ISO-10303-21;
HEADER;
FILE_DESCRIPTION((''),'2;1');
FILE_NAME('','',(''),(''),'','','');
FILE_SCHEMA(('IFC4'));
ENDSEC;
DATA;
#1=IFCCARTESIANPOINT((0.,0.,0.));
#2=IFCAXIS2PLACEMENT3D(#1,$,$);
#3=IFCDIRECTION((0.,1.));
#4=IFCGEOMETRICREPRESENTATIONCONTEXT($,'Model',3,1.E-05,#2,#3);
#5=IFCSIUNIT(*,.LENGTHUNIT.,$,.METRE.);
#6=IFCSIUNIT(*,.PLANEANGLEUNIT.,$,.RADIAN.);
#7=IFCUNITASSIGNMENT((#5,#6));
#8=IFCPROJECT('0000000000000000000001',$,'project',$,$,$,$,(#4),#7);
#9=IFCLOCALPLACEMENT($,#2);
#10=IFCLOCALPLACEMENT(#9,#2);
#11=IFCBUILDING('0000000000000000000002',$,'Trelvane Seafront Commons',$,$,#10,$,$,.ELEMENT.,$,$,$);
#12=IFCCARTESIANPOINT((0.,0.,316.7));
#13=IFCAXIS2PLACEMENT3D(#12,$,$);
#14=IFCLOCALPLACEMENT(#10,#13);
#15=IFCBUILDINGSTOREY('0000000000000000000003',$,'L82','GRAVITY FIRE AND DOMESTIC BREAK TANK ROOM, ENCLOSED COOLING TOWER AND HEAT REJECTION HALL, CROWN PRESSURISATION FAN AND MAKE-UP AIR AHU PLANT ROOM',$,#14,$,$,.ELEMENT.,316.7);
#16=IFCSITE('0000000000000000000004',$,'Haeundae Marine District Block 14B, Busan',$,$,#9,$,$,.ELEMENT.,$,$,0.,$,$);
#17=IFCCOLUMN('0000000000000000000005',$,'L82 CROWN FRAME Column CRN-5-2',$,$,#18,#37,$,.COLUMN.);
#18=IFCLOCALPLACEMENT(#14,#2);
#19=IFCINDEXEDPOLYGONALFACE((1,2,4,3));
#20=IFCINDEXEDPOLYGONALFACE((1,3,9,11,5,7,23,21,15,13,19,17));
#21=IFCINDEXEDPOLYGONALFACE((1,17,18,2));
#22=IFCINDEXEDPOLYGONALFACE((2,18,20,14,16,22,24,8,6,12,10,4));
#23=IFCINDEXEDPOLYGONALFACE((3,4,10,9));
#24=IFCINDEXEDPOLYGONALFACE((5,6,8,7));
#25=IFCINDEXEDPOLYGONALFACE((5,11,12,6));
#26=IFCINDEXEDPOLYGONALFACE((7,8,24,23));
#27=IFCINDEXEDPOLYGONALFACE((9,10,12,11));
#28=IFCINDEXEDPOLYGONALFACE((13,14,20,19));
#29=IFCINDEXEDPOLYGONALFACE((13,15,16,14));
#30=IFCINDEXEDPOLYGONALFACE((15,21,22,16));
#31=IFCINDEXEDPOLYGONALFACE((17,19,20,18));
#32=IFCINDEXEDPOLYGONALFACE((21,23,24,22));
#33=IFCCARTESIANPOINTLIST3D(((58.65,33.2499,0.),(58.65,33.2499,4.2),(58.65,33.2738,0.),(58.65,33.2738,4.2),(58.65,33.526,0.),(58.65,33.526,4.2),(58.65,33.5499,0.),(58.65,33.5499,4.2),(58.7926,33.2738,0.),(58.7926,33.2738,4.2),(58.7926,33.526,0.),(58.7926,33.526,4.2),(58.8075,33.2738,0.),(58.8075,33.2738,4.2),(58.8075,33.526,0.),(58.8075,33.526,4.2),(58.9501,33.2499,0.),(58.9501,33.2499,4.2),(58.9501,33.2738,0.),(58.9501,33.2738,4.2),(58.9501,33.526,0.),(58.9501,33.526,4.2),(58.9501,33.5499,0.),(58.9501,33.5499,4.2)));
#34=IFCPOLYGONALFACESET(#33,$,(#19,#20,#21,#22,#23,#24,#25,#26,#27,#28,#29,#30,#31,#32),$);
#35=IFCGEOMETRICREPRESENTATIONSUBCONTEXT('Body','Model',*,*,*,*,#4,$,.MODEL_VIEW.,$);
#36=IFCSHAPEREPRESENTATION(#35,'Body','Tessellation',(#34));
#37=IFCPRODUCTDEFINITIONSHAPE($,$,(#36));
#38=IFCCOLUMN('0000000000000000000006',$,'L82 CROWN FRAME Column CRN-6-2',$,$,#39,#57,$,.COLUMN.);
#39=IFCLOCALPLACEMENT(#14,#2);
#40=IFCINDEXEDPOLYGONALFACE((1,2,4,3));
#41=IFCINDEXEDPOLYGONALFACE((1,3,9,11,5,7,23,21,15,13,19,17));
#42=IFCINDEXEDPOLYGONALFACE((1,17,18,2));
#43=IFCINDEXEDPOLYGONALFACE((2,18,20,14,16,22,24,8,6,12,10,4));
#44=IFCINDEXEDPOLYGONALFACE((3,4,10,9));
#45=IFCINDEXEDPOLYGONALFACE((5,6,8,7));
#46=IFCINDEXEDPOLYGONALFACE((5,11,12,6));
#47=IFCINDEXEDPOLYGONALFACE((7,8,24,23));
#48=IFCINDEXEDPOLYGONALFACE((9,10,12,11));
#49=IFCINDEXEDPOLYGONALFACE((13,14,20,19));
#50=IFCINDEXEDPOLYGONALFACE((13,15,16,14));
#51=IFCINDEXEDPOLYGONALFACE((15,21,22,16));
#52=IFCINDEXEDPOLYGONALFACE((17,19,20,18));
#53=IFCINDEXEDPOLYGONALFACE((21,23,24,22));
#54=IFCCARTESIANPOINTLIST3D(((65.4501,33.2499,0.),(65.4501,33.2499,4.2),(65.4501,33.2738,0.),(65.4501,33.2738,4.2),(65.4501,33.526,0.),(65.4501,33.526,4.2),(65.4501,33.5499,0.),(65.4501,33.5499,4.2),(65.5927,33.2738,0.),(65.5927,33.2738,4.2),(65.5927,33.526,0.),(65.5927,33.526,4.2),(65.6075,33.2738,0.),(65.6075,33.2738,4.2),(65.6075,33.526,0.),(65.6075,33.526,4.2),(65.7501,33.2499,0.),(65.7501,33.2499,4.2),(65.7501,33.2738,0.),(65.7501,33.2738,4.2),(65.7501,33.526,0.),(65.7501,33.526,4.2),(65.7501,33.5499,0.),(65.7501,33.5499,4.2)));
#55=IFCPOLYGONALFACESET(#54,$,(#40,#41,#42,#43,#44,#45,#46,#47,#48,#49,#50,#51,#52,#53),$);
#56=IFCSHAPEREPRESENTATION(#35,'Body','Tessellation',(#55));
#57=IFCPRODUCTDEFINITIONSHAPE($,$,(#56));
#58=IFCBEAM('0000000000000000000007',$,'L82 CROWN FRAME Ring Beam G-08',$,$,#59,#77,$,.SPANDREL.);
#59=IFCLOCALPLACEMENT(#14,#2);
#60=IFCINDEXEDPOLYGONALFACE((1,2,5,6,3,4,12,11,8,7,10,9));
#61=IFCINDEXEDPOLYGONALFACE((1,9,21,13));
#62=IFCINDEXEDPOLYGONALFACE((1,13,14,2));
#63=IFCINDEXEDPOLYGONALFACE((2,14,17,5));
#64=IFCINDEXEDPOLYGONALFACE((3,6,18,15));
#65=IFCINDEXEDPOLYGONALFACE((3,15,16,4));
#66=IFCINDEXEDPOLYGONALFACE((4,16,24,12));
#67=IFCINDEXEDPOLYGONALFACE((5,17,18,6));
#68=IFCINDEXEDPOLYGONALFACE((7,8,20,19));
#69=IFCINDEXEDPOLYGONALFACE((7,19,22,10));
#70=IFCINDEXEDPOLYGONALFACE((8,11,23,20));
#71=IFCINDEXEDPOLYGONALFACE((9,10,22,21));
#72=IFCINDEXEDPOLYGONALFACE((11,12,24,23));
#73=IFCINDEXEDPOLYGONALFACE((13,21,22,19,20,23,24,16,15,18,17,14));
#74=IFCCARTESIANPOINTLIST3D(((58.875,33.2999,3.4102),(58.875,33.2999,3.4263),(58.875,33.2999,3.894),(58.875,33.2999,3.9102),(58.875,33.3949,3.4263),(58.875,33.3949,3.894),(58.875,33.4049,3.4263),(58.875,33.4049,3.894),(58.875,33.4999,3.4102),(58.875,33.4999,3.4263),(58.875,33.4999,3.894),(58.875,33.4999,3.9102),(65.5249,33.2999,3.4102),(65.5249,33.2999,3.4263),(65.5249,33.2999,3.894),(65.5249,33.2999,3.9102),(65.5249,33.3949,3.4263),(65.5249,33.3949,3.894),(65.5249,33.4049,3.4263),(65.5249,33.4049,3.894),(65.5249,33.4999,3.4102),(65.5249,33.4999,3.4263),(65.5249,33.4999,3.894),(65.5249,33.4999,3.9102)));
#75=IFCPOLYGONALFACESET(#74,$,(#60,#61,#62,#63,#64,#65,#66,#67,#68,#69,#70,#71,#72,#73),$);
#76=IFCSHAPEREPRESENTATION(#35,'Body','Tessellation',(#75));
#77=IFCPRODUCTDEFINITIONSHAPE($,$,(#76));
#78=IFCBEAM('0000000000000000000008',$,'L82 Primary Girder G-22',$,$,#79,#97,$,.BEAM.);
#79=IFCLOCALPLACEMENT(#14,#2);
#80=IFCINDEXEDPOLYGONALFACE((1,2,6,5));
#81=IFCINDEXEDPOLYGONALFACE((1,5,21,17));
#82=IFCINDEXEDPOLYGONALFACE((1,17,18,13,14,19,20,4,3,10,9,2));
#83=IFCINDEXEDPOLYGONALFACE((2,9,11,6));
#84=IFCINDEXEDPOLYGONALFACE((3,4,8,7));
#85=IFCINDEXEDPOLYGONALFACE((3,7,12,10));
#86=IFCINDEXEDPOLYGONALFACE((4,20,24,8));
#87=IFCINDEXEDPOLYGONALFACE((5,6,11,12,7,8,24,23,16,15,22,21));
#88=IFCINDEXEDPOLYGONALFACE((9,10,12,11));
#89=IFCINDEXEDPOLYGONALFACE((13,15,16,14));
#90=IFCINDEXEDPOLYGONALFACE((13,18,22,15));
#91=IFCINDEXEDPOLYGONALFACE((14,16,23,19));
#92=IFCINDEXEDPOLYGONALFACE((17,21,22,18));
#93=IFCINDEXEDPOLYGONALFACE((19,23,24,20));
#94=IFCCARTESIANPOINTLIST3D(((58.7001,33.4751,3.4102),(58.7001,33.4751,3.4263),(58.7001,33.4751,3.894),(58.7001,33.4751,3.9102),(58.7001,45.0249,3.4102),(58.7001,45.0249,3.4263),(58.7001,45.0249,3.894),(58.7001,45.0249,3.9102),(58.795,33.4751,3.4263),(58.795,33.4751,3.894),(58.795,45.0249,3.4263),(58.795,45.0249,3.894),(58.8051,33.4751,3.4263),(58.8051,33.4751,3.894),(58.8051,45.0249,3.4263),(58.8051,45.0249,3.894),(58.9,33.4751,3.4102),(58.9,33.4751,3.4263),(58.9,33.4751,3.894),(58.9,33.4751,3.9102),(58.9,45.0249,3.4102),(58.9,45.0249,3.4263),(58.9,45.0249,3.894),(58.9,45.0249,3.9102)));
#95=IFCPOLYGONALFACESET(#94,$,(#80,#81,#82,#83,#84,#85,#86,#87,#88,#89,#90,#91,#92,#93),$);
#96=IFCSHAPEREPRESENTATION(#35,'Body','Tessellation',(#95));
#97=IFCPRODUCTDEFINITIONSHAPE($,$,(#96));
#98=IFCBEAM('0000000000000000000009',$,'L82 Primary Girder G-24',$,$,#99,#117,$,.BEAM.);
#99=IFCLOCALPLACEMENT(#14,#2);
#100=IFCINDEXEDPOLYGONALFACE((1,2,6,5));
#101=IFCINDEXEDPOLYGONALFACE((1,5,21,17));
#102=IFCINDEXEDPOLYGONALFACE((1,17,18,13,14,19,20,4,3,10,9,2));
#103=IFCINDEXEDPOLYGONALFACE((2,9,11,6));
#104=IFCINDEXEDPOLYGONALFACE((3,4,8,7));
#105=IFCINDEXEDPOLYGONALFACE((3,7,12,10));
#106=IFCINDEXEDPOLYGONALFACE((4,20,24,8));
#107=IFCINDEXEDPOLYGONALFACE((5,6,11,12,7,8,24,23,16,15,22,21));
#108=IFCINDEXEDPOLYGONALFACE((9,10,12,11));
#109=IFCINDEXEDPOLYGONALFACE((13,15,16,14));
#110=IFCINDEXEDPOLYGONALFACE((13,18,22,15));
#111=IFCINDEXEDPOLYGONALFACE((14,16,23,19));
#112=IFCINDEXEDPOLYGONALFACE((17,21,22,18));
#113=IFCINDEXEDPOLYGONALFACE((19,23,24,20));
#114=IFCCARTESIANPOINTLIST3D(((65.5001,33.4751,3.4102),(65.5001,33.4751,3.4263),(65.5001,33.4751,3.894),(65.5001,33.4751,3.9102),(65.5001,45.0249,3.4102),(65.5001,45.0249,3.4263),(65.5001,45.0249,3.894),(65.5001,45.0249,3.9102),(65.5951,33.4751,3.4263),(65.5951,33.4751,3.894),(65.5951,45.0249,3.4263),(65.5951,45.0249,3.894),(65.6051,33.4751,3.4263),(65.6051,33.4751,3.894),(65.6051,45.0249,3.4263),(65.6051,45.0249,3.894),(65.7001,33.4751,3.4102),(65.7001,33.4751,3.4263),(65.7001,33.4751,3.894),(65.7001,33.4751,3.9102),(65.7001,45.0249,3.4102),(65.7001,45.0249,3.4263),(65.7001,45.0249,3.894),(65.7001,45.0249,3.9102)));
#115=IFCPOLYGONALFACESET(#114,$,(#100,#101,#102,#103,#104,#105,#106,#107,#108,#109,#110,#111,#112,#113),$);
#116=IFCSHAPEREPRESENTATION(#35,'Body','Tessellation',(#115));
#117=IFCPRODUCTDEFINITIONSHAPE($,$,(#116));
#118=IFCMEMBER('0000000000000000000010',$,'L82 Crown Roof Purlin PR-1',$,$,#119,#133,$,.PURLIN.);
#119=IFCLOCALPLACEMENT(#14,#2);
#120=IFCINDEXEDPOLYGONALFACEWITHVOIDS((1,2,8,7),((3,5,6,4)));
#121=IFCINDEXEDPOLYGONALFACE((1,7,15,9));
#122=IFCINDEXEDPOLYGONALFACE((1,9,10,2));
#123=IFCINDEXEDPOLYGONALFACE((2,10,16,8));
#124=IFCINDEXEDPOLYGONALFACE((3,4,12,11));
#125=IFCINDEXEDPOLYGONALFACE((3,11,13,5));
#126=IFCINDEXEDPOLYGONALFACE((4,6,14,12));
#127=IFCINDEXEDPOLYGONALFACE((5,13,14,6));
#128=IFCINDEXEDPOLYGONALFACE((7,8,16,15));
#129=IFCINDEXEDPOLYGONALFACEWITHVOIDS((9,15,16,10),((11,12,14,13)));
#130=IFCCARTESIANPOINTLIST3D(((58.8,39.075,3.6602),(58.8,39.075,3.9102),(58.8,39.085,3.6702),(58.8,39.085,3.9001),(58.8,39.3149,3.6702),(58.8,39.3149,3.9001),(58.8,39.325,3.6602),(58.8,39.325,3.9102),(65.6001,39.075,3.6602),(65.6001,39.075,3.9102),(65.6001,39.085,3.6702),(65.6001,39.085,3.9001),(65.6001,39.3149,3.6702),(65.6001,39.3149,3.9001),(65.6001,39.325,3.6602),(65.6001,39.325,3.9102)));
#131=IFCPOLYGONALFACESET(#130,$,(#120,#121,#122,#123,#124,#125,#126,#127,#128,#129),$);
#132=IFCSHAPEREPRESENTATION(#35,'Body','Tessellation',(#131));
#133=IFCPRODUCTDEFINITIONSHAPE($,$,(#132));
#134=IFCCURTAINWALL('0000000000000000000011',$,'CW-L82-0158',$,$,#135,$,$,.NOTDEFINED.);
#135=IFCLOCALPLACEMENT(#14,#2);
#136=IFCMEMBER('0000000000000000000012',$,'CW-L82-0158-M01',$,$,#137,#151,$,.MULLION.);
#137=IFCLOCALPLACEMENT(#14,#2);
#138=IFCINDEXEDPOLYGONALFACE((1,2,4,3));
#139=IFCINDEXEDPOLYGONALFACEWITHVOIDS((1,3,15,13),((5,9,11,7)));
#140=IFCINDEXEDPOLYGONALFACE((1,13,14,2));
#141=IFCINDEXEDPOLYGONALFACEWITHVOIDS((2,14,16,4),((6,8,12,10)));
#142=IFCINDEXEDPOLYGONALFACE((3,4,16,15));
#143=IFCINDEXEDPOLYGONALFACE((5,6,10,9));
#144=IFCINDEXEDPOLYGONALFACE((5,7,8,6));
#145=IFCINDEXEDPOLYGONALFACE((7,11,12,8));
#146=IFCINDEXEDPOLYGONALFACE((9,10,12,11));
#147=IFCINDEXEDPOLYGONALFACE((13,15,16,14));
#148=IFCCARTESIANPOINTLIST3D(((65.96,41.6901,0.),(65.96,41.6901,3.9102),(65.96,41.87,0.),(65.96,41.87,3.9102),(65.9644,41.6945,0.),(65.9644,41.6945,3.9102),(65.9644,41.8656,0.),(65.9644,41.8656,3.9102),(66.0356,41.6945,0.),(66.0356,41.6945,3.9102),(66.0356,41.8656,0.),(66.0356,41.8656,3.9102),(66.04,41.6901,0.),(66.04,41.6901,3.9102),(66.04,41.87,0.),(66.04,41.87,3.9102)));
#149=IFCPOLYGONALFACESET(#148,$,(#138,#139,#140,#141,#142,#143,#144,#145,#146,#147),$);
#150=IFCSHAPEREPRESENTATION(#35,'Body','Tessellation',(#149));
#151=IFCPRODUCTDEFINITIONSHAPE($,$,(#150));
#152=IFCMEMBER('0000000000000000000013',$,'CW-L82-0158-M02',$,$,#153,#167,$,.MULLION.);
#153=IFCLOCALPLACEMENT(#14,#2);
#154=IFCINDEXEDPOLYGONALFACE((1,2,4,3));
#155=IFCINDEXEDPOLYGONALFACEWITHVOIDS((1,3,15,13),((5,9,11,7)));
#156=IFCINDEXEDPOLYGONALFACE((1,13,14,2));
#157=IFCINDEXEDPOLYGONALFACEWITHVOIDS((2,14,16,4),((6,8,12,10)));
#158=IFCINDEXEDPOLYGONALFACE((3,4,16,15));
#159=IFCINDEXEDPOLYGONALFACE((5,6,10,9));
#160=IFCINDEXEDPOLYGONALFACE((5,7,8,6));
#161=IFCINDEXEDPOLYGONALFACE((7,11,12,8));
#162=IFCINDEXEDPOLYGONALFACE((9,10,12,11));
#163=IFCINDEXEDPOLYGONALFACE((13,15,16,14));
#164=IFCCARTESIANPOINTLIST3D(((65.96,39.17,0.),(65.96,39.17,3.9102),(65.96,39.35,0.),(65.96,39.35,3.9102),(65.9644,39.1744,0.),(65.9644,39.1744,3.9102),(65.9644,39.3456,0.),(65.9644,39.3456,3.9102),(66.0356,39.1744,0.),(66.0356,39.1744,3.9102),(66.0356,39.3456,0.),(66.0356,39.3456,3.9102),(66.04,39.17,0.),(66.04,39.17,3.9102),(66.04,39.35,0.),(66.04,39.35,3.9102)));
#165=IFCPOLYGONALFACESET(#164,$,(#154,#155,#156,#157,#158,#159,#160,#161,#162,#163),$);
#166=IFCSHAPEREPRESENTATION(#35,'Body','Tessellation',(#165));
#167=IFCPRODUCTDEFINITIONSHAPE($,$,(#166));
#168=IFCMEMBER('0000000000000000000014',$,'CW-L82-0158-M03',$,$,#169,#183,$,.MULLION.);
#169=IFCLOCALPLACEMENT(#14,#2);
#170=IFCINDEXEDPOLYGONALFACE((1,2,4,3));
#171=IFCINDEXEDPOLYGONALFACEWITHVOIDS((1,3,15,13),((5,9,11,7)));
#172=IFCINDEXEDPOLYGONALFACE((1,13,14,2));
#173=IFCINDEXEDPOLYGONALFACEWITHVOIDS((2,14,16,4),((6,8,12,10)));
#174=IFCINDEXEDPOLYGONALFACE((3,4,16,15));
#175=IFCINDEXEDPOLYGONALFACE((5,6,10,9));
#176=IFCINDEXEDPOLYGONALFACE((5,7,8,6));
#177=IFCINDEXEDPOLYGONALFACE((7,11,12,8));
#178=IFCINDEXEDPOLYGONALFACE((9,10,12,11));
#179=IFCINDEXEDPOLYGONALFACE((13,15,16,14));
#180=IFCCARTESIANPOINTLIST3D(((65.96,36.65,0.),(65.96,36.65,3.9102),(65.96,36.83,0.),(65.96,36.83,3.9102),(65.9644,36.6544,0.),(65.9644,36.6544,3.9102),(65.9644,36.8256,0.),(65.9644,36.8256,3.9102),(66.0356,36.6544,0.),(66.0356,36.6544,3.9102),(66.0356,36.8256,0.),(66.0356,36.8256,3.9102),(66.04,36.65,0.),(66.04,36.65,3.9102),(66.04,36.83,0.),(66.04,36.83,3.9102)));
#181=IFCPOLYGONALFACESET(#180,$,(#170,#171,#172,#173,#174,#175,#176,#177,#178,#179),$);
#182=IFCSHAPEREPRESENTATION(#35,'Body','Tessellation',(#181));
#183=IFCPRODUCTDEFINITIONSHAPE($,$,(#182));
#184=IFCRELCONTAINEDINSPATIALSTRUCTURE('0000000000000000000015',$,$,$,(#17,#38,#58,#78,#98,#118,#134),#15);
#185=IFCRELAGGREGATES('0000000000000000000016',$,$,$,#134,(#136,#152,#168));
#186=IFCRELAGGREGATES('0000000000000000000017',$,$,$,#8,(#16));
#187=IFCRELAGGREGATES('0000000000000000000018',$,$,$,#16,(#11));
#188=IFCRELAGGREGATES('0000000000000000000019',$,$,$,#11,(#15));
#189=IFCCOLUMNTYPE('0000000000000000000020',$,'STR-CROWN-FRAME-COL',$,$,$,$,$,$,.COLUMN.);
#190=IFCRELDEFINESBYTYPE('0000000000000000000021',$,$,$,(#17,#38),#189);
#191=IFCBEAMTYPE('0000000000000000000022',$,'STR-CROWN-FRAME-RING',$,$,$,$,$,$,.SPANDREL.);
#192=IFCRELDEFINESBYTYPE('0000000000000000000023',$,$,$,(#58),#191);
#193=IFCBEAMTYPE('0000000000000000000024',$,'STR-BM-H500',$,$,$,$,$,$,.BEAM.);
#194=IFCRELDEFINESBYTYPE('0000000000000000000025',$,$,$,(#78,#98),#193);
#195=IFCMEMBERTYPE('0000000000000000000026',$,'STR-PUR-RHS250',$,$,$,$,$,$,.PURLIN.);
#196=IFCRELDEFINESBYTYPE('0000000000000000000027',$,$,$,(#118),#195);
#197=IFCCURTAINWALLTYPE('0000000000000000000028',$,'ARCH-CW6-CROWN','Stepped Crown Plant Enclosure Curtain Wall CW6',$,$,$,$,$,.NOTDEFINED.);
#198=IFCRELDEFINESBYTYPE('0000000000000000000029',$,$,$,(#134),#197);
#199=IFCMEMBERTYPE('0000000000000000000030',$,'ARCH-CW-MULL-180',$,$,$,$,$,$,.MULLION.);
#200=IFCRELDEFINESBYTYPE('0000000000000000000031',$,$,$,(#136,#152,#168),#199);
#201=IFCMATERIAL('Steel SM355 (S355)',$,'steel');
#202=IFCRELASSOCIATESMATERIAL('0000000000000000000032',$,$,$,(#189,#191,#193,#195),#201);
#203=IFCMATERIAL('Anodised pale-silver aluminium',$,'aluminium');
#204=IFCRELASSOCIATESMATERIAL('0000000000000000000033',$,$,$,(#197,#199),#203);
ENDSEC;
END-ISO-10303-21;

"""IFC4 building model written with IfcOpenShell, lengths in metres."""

from ifc_helpers import new_model, si_unit, direction, frame, origin, origin_2d, place, context, subcontext, project, spatial, hollow_rectangle, i_section, extrude, source, transform, mapped, material, material_profile, profile_set, type_object, element, aggregate, save


model = new_model("IFC4")

# Units and contexts
model_context = context("Model", 3, precision=1e-05, world=origin(), true_north=direction((0.0, 1.0)))
body_context = subcontext(model_context, "Body", "Model", "MODEL_VIEW")
ifc_project = project(units=[si_unit("LENGTHUNIT", "METRE"), si_unit("PLANEANGLEUNIT", "RADIAN")], contexts=[model_context])

# Site, building, storey
site_placement = place(None, origin())
site = spatial("IfcSite", under=ifc_project, at=site_placement, Name="Haeundae Marine District Block 14B, Busan", CompositionType="ELEMENT", RefElevation=0.0)
building_placement = place(site_placement, origin())
building = spatial("IfcBuilding", under=site, at=building_placement, Name="Trelvane Seafront Commons", CompositionType="ELEMENT")
storey_placement = place(building_placement, frame((0.0, 0.0, 316.7)))
storey = spatial("IfcBuildingStorey", under=building, at=storey_placement, Name="L82", Description="GRAVITY FIRE AND DOMESTIC BREAK TANK ROOM, ENCLOSED COOLING TOWER AND HEAT REJECTION HALL, CROWN PRESSURISATION FAN AND MAKE-UP AIR AHU PLANT ROOM", CompositionType="ELEMENT", Elevation=316.7)

# Columns
ifc_material_1 = material(Name="Steel SM355 (S355)", Category="steel")
ifc_material_profile_1 = material_profile(ifc_material_1, i_section(OverallWidth=0.3, OverallDepth=0.3, WebThickness=0.0149, FlangeThickness=0.0239, at=origin_2d()), Name="HD-300x300x15x24")
ifc_profile_set_1 = profile_set([ifc_material_profile_1], Name="Steel SM355 (S355)")
column_type = type_object("IfcColumnType", Name="STR-CROWN-FRAME-COL", PredefinedType="COLUMN", material=ifc_profile_set_1)
shared_shape_1 = source(origin(), body_context, "Body", "SweptSolid", [
    extrude(i_section(OverallWidth=0.3, OverallDepth=0.3, WebThickness=0.0149, FlangeThickness=0.0239, at=origin_2d()), origin(), (0.0, 0.0, 1.0), 4.2),
])
for number, where, z_axis, x_axis, name in (
    (1, (58.8, 33.3999, 0.0), (0.0, 0.0, 1.0), (1.0, 0.0, 0.0), "L82 CROWN FRAME Column CRN-5-2"),
    (2, (65.6001, 33.3999, 0.0), (0.0, 0.0, 1.0), (1.0, 0.0, 0.0), "L82 CROWN FRAME Column CRN-6-2"),
):
    element("IfcColumn", number, at=place(storey_placement, frame(where, z_axis=z_axis, x_axis=x_axis)), inside=storey, type_object=column_type, Name=name, PredefinedType="COLUMN", context=body_context, shape_type="MappedRepresentation", body=[
        mapped(shared_shape_1, transform((0.0, 0.0, 0.0), x_axis=(1.0, 0.0, 0.0), y_axis=(0.0, 1.0, 0.0), z_axis=(0.0, 0.0, 1.0), scale=1.0)),
    ])

# Beams
ifc_material_profile_2 = material_profile(ifc_material_1, i_section(OverallWidth=0.2, OverallDepth=0.5, WebThickness=0.01, FlangeThickness=0.0161, at=origin_2d()), Name="H-500x200x10x16")
ifc_profile_set_2 = profile_set([ifc_material_profile_2], Name="Steel SM355 (S355)")
beam_type_1 = type_object("IfcBeamType", Name="STR-CROWN-FRAME-RING", PredefinedType="SPANDREL", material=ifc_profile_set_2)
shared_shape_2 = source(origin(), body_context, "Body", "SweptSolid", [
    extrude(i_section(OverallWidth=0.2, OverallDepth=0.5, WebThickness=0.01, FlangeThickness=0.0161, at=origin_2d()), origin(), (0.0, 0.0, 1.0), 6.6499),
])
beam_placement = place(storey_placement, frame((58.875, 33.3999, 3.6602), z_axis=(1.0, 0.0, 0.0), x_axis=(0.0, 1.0, 0.0)))
element("IfcBeam", 3, at=beam_placement, inside=storey, type_object=beam_type_1, Name="L82 CROWN FRAME Ring Beam G-08", PredefinedType="SPANDREL", context=body_context, shape_type="MappedRepresentation", body=[
    mapped(shared_shape_2, transform((0.0, 0.0, 0.0), x_axis=(1.0, 0.0, 0.0), y_axis=(0.0, 1.0, 0.0), z_axis=(0.0, 0.0, 1.0), scale=1.0)),
])
ifc_material_profile_3 = material_profile(ifc_material_1, i_section(OverallWidth=0.2, OverallDepth=0.5, WebThickness=0.01, FlangeThickness=0.0161, at=origin_2d()), Name="H-500x200x10x16")
ifc_profile_set_3 = profile_set([ifc_material_profile_3], Name="Steel SM355 (S355)")
beam_type_2 = type_object("IfcBeamType", Name="STR-BM-H500", PredefinedType="BEAM", material=ifc_profile_set_3)
shared_shape_3 = source(origin(), body_context, "Body", "SweptSolid", [
    extrude(i_section(OverallWidth=0.2, OverallDepth=0.5, WebThickness=0.01, FlangeThickness=0.0161, at=origin_2d()), origin(), (0.0, 0.0, 1.0), 11.5498),
])
for number, where, z_axis, x_axis, name in (
    (4, (58.8, 33.4751, 3.6602), (0.0, 1.0, 0.0), (-1.0, 0.0, 0.0), "L82 Primary Girder G-22"),
    (5, (65.6001, 33.4751, 3.6602), (0.0, 1.0, 0.0), (-1.0, 0.0, 0.0), "L82 Primary Girder G-24"),
):
    element("IfcBeam", number, at=place(storey_placement, frame(where, z_axis=z_axis, x_axis=x_axis)), inside=storey, type_object=beam_type_2, Name=name, PredefinedType="BEAM", context=body_context, shape_type="MappedRepresentation", body=[
        mapped(shared_shape_3, transform((0.0, 0.0, 0.0), x_axis=(1.0, 0.0, 0.0), y_axis=(0.0, 1.0, 0.0), z_axis=(0.0, 0.0, 1.0), scale=1.0)),
    ])

# Member
ifc_material_profile_4 = material_profile(ifc_material_1, hollow_rectangle(XDim=0.25, YDim=0.25, WallThickness=0.01, at=origin_2d()), Name="RHS-250x250x10")
ifc_profile_set_4 = profile_set([ifc_material_profile_4], Name="Steel SM355 (S355)")
member_type_1 = type_object("IfcMemberType", Name="STR-PUR-RHS250", PredefinedType="PURLIN", material=ifc_profile_set_4)
shared_shape_4 = source(origin(), body_context, "Body", "SweptSolid", [
    extrude(hollow_rectangle(XDim=0.25, YDim=0.25, WallThickness=0.01, at=origin_2d()), origin(), (0.0, 0.0, 1.0), 6.8),
])
member_1_placement = place(storey_placement, frame((58.8, 39.2, 3.7852), z_axis=(1.0, 0.0, 0.0), x_axis=(0.0, 1.0, 0.0)))
element("IfcMember", 6, at=member_1_placement, inside=storey, type_object=member_type_1, Name="L82 Crown Roof Purlin PR-1", PredefinedType="PURLIN", context=body_context, shape_type="MappedRepresentation", body=[
    mapped(shared_shape_4, transform((0.0, 0.0, 0.0), x_axis=(1.0, 0.0, 0.0), y_axis=(0.0, 1.0, 0.0), z_axis=(0.0, 0.0, 1.0), scale=1.0)),
])

# Curtain wall, members
ifc_material_2 = material(Name="Anodised pale-silver aluminium", Category="aluminium")
curtain_wall_type = type_object("IfcCurtainWallType", Name="ARCH-CW6-CROWN", Description="Stepped Crown Plant Enclosure Curtain Wall CW6", PredefinedType="NOTDEFINED", material=ifc_material_2)
curtain_wall_placement = place(storey_placement, origin())
curtain_wall = element("IfcCurtainWall", 7, at=curtain_wall_placement, inside=storey, type_object=curtain_wall_type, Name="CW-L82-0158", PredefinedType="NOTDEFINED")
ifc_material_profile_5 = material_profile(ifc_material_2, hollow_rectangle(XDim=0.0801, YDim=0.1799, WallThickness=0.0044, at=origin_2d()), Name="MULL-80x180x4.5")
ifc_profile_set_5 = profile_set([ifc_material_profile_5], Name="Anodised pale-silver aluminium")
member_type_2 = type_object("IfcMemberType", Name="ARCH-CW-MULL-180", PredefinedType="MULLION", material=ifc_profile_set_5)
shared_shape_5 = source(origin(), body_context, "Body", "SweptSolid", [
    extrude(hollow_rectangle(XDim=0.0801, YDim=0.1799, WallThickness=0.0044, at=origin_2d()), origin(), (0.0, 0.0, 1.0), 3.9102),
])
member_2_placement = place(storey_placement, frame((66.0, 41.78, 0.0), z_axis=(0.0, 0.0, 1.0), x_axis=(1.0, 0.0, 0.0)))
member_2 = element("IfcMember", 8, at=member_2_placement, type_object=member_type_2, Name="CW-L82-0158-M01", PredefinedType="MULLION", context=body_context, shape_type="MappedRepresentation", body=[
    mapped(shared_shape_5, transform((0.0, 0.0, 0.0), x_axis=(1.0, 0.0, 0.0), y_axis=(0.0, 1.0, 0.0), z_axis=(0.0, 0.0, 1.0), scale=1.0)),
])
member_3_placement = place(storey_placement, frame((66.0, 39.26, 0.0), z_axis=(0.0, 0.0, 1.0), x_axis=(1.0, 0.0, 0.0)))
member_3 = element("IfcMember", 9, at=member_3_placement, type_object=member_type_2, Name="CW-L82-0158-M02", PredefinedType="MULLION", context=body_context, shape_type="MappedRepresentation", body=[
    mapped(shared_shape_5, transform((0.0, 0.0, 0.0), x_axis=(1.0, 0.0, 0.0), y_axis=(0.0, 1.0, 0.0), z_axis=(0.0, 0.0, 1.0), scale=1.0)),
])
member_4_placement = place(storey_placement, frame((66.0, 36.74, 0.0), z_axis=(0.0, 0.0, 1.0), x_axis=(1.0, 0.0, 0.0)))
member_4 = element("IfcMember", 10, at=member_4_placement, type_object=member_type_2, Name="CW-L82-0158-M03", PredefinedType="MULLION", context=body_context, shape_type="MappedRepresentation", body=[
    mapped(shared_shape_5, transform((0.0, 0.0, 0.0), x_axis=(1.0, 0.0, 0.0), y_axis=(0.0, 1.0, 0.0), z_axis=(0.0, 0.0, 1.0), scale=1.0)),
])
aggregate(curtain_wall, [member_2, member_3, member_4])

save(model, "model.ifc")
